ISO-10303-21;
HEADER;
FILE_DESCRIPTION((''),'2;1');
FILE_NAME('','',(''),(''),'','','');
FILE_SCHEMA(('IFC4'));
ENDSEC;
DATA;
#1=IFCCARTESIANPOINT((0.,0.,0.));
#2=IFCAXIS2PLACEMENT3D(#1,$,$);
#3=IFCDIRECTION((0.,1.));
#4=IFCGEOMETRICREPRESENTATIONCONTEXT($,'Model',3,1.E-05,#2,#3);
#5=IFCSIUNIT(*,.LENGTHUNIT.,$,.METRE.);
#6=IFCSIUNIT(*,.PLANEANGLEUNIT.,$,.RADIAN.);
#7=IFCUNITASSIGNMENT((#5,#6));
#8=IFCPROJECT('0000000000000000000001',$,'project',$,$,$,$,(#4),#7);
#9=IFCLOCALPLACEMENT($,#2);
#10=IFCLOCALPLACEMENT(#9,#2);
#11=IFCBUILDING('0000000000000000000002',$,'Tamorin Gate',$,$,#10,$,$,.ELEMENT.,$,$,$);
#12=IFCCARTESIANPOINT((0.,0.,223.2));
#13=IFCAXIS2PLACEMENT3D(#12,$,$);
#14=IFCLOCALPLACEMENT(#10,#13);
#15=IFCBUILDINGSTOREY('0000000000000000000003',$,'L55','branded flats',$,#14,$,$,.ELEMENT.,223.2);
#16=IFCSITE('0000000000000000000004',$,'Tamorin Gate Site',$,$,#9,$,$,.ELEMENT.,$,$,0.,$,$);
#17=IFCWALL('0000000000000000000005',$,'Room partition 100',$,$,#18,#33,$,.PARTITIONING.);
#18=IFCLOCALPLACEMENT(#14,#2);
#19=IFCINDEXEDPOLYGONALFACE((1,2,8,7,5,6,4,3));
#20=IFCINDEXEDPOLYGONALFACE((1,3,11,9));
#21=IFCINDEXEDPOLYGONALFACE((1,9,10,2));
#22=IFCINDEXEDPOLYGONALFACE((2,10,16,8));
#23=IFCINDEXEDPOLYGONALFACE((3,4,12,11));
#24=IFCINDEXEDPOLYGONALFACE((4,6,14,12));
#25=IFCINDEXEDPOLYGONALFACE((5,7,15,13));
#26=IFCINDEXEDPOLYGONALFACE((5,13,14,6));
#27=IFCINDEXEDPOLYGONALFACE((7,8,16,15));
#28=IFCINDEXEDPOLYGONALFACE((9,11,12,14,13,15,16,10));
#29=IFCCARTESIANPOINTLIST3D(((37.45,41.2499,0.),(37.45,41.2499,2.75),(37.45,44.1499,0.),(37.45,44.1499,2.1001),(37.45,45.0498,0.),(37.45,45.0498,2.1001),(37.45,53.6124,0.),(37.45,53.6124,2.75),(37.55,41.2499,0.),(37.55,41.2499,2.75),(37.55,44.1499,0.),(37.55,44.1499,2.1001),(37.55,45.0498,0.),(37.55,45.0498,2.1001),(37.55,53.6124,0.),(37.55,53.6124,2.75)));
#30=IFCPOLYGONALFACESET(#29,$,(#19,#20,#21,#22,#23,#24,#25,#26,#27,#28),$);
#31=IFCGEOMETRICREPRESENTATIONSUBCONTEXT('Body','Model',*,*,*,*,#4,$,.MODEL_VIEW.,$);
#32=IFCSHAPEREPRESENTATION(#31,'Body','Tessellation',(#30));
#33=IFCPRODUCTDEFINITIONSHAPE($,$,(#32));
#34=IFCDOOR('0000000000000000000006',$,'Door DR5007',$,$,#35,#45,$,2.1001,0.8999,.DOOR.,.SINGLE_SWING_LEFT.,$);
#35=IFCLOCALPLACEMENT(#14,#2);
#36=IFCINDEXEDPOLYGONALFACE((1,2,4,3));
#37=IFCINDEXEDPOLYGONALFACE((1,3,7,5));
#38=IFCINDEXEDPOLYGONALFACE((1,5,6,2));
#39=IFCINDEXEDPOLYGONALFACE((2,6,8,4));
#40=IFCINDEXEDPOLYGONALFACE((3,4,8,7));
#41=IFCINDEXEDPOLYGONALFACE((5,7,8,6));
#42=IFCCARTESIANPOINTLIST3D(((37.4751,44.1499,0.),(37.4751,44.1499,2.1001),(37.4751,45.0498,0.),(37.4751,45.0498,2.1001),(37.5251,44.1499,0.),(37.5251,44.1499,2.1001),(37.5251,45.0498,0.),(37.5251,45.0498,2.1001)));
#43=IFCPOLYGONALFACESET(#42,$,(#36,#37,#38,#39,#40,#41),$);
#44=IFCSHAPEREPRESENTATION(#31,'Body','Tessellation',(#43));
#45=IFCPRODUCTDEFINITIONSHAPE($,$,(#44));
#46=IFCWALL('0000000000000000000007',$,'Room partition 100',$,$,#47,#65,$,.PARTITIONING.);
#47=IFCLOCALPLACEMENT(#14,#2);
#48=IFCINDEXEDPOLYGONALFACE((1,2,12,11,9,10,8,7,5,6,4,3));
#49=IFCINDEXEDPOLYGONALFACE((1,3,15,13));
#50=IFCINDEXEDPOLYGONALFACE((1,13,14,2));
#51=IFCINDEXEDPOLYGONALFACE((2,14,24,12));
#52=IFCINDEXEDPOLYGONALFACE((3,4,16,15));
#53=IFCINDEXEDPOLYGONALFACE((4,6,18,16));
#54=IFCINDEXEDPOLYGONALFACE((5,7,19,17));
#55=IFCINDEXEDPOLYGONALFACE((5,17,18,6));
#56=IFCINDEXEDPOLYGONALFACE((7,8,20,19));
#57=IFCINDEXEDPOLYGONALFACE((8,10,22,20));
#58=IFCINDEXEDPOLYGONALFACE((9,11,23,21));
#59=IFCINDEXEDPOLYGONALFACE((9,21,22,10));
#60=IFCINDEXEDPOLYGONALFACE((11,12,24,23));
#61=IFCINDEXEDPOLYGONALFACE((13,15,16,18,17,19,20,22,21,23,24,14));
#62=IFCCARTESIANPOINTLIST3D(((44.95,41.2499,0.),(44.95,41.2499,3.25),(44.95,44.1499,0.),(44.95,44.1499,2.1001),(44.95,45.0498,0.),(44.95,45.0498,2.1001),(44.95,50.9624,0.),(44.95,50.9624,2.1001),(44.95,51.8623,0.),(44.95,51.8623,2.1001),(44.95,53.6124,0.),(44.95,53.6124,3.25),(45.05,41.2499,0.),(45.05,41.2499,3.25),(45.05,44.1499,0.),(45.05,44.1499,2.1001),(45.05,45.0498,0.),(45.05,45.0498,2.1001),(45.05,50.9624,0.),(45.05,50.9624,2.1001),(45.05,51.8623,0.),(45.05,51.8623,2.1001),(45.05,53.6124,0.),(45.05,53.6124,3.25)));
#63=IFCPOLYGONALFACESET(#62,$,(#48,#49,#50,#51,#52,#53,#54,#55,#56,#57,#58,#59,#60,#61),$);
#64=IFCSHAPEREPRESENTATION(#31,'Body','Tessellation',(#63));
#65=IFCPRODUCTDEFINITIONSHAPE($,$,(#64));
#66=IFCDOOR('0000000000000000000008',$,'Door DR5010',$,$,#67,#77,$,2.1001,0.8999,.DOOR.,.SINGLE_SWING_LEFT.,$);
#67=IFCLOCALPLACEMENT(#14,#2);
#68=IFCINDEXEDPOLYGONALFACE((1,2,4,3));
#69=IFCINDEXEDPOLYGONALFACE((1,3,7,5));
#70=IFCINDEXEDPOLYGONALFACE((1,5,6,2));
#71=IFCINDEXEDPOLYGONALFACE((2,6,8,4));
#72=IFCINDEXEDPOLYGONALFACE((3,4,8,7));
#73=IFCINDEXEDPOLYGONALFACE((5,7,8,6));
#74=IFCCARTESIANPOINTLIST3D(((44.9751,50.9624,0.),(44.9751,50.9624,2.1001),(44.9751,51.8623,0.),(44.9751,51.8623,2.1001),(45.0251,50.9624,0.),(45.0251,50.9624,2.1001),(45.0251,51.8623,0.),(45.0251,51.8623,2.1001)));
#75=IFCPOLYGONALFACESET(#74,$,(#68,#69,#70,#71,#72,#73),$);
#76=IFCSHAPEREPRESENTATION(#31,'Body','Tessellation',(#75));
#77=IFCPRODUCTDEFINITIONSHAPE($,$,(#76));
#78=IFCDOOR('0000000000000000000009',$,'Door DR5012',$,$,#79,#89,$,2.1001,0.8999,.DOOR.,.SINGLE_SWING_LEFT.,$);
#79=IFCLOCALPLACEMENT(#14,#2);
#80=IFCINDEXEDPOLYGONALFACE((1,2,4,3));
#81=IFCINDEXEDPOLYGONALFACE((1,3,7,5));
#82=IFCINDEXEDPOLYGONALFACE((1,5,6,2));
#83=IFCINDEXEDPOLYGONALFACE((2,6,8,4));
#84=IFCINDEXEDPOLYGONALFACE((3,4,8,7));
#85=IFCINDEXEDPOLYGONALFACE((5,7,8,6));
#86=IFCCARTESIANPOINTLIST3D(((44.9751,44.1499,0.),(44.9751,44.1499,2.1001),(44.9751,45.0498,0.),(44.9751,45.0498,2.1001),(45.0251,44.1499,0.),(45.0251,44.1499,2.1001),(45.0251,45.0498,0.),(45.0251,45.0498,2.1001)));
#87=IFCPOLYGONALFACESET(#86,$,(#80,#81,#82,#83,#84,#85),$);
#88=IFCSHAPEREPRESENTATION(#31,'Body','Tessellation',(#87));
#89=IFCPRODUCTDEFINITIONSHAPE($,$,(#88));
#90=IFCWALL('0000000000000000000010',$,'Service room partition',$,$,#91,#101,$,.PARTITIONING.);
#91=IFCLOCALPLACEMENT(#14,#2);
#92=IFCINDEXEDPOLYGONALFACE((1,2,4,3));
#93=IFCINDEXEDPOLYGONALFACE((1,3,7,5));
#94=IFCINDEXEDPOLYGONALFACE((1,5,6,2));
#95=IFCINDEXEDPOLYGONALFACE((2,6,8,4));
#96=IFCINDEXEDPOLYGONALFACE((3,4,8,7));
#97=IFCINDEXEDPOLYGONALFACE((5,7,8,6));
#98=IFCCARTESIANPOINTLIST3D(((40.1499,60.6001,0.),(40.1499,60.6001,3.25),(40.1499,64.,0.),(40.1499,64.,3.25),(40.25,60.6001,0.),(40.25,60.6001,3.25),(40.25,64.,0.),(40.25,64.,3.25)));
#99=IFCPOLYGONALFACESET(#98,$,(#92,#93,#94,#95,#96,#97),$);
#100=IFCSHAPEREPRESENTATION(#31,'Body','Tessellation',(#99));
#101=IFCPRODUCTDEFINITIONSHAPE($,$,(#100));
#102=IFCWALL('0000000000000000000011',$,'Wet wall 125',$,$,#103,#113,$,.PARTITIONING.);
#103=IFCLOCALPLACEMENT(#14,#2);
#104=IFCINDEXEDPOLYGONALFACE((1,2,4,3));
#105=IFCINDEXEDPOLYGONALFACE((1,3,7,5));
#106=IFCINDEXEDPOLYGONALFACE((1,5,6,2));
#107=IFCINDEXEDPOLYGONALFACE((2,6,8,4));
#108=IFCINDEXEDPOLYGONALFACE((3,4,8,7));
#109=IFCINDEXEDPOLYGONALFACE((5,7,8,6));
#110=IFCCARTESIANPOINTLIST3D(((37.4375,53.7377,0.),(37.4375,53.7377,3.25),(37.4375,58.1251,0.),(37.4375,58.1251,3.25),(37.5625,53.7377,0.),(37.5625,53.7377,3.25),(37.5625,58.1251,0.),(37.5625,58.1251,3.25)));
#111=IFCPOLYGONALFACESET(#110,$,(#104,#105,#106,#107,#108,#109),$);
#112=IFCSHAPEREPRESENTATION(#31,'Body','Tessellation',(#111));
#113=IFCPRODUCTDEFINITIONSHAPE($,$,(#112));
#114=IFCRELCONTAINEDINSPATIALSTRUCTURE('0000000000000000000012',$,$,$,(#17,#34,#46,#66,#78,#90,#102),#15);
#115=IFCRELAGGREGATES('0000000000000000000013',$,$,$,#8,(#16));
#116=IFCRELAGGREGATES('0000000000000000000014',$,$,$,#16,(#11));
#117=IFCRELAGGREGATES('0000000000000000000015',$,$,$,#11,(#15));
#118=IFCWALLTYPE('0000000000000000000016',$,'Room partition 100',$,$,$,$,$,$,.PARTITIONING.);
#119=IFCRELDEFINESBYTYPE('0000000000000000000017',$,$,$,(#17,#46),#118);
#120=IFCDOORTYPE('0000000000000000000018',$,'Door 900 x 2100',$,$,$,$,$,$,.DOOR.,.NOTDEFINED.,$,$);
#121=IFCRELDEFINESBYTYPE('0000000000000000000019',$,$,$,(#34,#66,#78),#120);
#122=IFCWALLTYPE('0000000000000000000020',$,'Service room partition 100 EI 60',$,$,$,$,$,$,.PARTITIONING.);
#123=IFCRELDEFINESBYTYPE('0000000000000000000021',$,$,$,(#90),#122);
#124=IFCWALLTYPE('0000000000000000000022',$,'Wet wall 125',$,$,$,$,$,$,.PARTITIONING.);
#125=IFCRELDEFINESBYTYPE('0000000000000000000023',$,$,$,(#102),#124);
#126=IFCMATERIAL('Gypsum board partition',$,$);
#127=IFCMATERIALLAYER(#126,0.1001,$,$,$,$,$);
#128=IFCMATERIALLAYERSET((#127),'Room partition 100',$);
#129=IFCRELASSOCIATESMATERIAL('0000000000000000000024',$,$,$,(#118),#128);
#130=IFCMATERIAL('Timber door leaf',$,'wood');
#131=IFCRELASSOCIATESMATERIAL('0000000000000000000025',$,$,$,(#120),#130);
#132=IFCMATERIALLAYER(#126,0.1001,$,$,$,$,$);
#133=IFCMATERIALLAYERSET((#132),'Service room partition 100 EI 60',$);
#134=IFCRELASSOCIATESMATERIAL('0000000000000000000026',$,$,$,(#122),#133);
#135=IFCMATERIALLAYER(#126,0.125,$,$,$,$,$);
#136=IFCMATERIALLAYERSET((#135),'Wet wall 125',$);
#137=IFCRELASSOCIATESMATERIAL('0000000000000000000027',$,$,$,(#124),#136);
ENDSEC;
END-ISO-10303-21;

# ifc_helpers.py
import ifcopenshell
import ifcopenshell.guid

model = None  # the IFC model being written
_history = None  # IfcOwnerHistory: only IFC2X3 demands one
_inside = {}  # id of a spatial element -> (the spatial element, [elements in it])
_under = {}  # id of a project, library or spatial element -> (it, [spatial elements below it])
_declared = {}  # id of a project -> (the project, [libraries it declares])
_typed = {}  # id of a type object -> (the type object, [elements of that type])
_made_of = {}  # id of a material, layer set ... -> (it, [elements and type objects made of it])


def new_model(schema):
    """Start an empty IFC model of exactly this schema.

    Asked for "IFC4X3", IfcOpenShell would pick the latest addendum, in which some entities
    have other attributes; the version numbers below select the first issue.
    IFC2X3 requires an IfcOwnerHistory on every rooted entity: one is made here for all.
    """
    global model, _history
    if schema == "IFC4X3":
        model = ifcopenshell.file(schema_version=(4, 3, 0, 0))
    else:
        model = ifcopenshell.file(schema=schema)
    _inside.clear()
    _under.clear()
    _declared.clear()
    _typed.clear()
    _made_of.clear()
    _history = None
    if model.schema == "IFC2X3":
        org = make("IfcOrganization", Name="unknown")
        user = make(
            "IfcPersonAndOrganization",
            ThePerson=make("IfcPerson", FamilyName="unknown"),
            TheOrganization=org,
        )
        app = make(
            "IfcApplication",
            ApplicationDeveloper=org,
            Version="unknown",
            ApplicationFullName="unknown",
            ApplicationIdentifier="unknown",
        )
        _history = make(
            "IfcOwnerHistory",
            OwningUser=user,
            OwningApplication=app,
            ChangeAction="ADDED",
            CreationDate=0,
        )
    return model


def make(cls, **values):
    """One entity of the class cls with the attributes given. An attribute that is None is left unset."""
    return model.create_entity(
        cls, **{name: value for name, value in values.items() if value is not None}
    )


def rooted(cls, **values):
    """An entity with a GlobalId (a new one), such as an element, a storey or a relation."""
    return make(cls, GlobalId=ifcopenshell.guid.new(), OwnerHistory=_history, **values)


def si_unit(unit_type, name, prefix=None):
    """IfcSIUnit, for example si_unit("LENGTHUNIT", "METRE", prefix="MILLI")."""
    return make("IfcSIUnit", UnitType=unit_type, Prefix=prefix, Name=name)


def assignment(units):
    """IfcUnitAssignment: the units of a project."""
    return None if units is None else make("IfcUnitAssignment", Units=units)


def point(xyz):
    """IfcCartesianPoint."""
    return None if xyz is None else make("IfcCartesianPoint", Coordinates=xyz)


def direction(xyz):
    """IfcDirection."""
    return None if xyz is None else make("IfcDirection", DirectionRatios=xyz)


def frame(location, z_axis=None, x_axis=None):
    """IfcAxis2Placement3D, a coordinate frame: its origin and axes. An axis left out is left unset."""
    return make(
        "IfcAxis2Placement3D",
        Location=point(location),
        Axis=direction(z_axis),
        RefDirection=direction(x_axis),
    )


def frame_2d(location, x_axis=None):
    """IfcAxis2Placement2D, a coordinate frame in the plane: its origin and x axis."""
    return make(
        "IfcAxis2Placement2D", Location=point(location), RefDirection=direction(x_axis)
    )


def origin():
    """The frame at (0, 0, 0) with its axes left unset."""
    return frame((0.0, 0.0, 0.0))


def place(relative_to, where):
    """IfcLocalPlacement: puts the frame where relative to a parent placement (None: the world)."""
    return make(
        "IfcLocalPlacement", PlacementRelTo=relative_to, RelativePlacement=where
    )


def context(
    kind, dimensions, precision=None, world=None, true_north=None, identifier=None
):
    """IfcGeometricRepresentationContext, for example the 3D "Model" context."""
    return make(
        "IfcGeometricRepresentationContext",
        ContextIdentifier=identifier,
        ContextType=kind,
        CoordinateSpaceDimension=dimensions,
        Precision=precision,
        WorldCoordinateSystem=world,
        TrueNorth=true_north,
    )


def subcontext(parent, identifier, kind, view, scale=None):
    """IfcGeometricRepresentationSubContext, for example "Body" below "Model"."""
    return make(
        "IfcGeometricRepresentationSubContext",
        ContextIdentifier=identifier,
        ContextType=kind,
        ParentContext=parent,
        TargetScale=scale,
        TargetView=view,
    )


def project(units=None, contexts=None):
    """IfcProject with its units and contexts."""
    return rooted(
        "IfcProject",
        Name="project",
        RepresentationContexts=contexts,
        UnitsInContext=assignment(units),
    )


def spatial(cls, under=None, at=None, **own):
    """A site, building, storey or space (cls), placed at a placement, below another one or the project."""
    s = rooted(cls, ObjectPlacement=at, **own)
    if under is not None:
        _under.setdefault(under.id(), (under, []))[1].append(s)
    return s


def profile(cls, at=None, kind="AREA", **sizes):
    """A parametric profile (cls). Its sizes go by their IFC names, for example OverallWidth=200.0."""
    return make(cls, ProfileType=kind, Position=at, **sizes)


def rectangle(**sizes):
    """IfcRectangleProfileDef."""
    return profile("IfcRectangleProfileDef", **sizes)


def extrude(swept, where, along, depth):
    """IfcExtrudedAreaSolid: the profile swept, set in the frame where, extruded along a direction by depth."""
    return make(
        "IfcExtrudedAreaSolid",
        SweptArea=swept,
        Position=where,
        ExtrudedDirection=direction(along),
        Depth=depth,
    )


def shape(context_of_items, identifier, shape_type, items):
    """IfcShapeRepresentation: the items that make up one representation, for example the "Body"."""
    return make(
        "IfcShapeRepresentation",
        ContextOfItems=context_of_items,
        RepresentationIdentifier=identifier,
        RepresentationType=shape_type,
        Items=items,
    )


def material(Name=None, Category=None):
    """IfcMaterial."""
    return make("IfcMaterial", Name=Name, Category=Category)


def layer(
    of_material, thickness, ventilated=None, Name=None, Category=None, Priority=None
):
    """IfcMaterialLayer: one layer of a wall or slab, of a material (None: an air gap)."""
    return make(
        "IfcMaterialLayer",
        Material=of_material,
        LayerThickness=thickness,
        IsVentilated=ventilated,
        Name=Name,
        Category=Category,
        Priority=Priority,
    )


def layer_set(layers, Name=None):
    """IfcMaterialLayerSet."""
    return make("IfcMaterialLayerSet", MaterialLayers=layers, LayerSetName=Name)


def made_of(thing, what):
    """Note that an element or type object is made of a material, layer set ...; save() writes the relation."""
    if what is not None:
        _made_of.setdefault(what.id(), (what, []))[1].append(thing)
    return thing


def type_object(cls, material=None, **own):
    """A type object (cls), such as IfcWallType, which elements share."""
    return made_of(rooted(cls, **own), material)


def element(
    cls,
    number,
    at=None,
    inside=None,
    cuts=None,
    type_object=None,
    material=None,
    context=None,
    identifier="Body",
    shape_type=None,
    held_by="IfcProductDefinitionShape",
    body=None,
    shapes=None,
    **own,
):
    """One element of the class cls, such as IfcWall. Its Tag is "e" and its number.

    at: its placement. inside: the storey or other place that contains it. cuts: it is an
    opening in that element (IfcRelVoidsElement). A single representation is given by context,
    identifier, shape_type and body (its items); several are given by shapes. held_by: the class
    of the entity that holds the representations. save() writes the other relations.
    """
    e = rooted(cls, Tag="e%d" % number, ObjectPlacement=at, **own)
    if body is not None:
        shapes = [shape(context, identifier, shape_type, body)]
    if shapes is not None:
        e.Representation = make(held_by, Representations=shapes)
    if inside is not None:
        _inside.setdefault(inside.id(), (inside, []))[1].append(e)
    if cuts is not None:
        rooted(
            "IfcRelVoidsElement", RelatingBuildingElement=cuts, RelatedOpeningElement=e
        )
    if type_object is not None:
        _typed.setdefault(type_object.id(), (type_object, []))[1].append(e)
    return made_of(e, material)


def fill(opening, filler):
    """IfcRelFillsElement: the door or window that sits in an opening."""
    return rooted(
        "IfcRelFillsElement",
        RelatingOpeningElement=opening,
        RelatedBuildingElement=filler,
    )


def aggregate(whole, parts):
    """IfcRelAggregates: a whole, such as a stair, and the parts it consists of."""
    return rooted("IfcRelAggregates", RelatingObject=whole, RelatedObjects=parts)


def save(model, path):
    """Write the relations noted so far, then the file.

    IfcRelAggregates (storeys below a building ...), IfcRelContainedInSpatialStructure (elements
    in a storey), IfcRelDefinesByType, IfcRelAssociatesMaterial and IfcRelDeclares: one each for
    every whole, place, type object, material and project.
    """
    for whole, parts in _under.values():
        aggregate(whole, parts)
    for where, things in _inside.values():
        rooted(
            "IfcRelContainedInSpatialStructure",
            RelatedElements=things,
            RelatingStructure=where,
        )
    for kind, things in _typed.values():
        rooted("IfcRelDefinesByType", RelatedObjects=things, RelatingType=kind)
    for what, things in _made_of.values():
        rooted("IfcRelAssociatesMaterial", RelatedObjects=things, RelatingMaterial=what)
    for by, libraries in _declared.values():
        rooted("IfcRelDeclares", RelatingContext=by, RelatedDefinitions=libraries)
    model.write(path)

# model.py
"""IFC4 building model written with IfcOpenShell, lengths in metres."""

from ifc_helpers import new_model, si_unit, direction, frame, frame_2d, origin, place, context, subcontext, project, spatial, rectangle, extrude, material, layer, layer_set, type_object, element, fill, save


model = new_model("IFC4")

# Units and contexts
model_context = context("Model", 3, precision=1e-05, world=origin(), true_north=direction((0.0, 1.0)))
body_context = subcontext(model_context, "Body", "Model", "MODEL_VIEW")
ifc_project = project(units=[si_unit("LENGTHUNIT", "METRE"), si_unit("PLANEANGLEUNIT", "RADIAN")], contexts=[model_context])

# Site, building, storey
site_placement = place(None, origin())
site = spatial("IfcSite", under=ifc_project, at=site_placement, Name="Tamorin Gate Site", CompositionType="ELEMENT", RefElevation=0.0)
building_placement = place(site_placement, origin())
building = spatial("IfcBuilding", under=site, at=building_placement, Name="Tamorin Gate", CompositionType="ELEMENT")
storey_placement = place(building_placement, frame((0.0, 0.0, 223.2)))
storey = spatial("IfcBuildingStorey", under=building, at=storey_placement, Name="L55", Description="branded flats", CompositionType="ELEMENT", Elevation=223.2)

# Shared definitions
ifc_material_1 = material(Name="Gypsum board partition")

# Wall, opening, door
ifc_layer_1 = layer(ifc_material_1, 0.1001)
ifc_layer_set_1 = layer_set([ifc_layer_1], Name="Room partition 100")
wall_type_1 = type_object("IfcWallType", Name="Room partition 100", PredefinedType="PARTITIONING", material=ifc_layer_set_1)
wall_1_placement = place(storey_placement, frame((37.5, 41.25, 0.0), z_axis=(0.0, 0.0, 1.0), x_axis=(0.0, 1.0, 0.0)))
wall_1 = element("IfcWall", 1, at=wall_1_placement, inside=storey, type_object=wall_type_1, Name="Room partition 100", PredefinedType="PARTITIONING", context=body_context, shape_type="SweptSolid", body=[
    extrude(rectangle(XDim=12.3625, YDim=0.1001, at=frame_2d((6.1812, 0.0))), origin(), (0.0, 0.0, 1.0), 2.75),
])
opening_1_placement = place(wall_1_placement, frame((2.8999, 0.0, 0.0)))
opening_1 = element("IfcOpeningElement", 2, at=opening_1_placement, cuts=wall_1, PredefinedType="OPENING", context=body_context, shape_type="SweptSolid", body=[
    extrude(rectangle(XDim=0.8999, YDim=2.1001, at=frame_2d((0.45, 1.05))), frame((0.0, 0.0601, 0.0), z_axis=(0.0, -1.0, 0.0), x_axis=(1.0, 0.0, 0.0)), (0.0, 0.0, 1.0), 0.1201),
])
ifc_material_2 = material(Name="Timber door leaf", Category="wood")
door_type = type_object("IfcDoorType", Name="Door 900 x 2100", OperationType="NOTDEFINED", PredefinedType="DOOR", material=ifc_material_2)
door_1_placement = place(opening_1_placement, origin())
door_1 = element("IfcDoor", 3, at=door_1_placement, inside=storey, type_object=door_type, Name="Door DR5007", OperationType="SINGLE_SWING_LEFT", OverallHeight=2.1001, OverallWidth=0.8999, PredefinedType="DOOR", context=body_context, shape_type="SweptSolid", body=[
    extrude(rectangle(XDim=0.8999, YDim=2.1001, at=frame_2d((0.45, 1.05))), frame((0.0, 0.0249, 0.0), z_axis=(0.0, -1.0, 0.0), x_axis=(1.0, 0.0, 0.0)), (0.0, 0.0, 1.0), 0.05),
])
fill(opening_1, door_1)

# Wall, openings, doors
wall_2_placement = place(storey_placement, frame((45.0, 41.25, 0.0), z_axis=(0.0, 0.0, 1.0), x_axis=(0.0, 1.0, 0.0)))
wall_2 = element("IfcWall", 4, at=wall_2_placement, inside=storey, type_object=wall_type_1, Name="Room partition 100", PredefinedType="PARTITIONING", context=body_context, shape_type="SweptSolid", body=[
    extrude(rectangle(XDim=12.3625, YDim=0.1001, at=frame_2d((6.1812, 0.0))), origin(), (0.0, 0.0, 1.0), 3.25),
])
opening_2_placement = place(wall_2_placement, frame((9.7124, 0.0, 0.0)))
opening_2 = element("IfcOpeningElement", 5, at=opening_2_placement, cuts=wall_2, PredefinedType="OPENING", context=body_context, shape_type="SweptSolid", body=[
    extrude(rectangle(XDim=0.8999, YDim=2.1001, at=frame_2d((0.45, 1.05))), frame((0.0, 0.0601, 0.0), z_axis=(0.0, -1.0, 0.0), x_axis=(1.0, 0.0, 0.0)), (0.0, 0.0, 1.0), 0.1201),
])
opening_3_placement = place(wall_2_placement, frame((2.8999, 0.0, 0.0)))
opening_3 = element("IfcOpeningElement", 6, at=opening_3_placement, cuts=wall_2, PredefinedType="OPENING", context=body_context, shape_type="SweptSolid", body=[
    extrude(rectangle(XDim=0.8999, YDim=2.1001, at=frame_2d((0.45, 1.05))), frame((0.0, 0.0601, 0.0), z_axis=(0.0, -1.0, 0.0), x_axis=(1.0, 0.0, 0.0)), (0.0, 0.0, 1.0), 0.1201),
])
door_2_placement = place(opening_2_placement, origin())
door_2 = element("IfcDoor", 7, at=door_2_placement, inside=storey, type_object=door_type, Name="Door DR5010", OperationType="SINGLE_SWING_LEFT", OverallHeight=2.1001, OverallWidth=0.8999, PredefinedType="DOOR", context=body_context, shape_type="SweptSolid", body=[
    extrude(rectangle(XDim=0.8999, YDim=2.1001, at=frame_2d((0.45, 1.05))), frame((0.0, 0.0249, 0.0), z_axis=(0.0, -1.0, 0.0), x_axis=(1.0, 0.0, 0.0)), (0.0, 0.0, 1.0), 0.05),
])
fill(opening_2, door_2)
door_3_placement = place(opening_3_placement, origin())
door_3 = element("IfcDoor", 8, at=door_3_placement, inside=storey, type_object=door_type, Name="Door DR5012", OperationType="SINGLE_SWING_LEFT", OverallHeight=2.1001, OverallWidth=0.8999, PredefinedType="DOOR", context=body_context, shape_type="SweptSolid", body=[
    extrude(rectangle(XDim=0.8999, YDim=2.1001, at=frame_2d((0.45, 1.05))), frame((0.0, 0.0249, 0.0), z_axis=(0.0, -1.0, 0.0), x_axis=(1.0, 0.0, 0.0)), (0.0, 0.0, 1.0), 0.05),
])
fill(opening_3, door_3)

# Walls
ifc_layer_2 = layer(ifc_material_1, 0.1001)
ifc_layer_set_2 = layer_set([ifc_layer_2], Name="Service room partition 100 EI 60")
wall_type_2 = type_object("IfcWallType", Name="Service room partition 100 EI 60", PredefinedType="PARTITIONING", material=ifc_layer_set_2)
wall_3_placement = place(storey_placement, frame((40.2, 60.6001, 0.0), z_axis=(0.0, 0.0, 1.0), x_axis=(0.0, 1.0, 0.0)))
element("IfcWall", 9, at=wall_3_placement, inside=storey, type_object=wall_type_2, Name="Service room partition", PredefinedType="PARTITIONING", context=body_context, shape_type="SweptSolid", body=[
    extrude(rectangle(XDim=3.3999, YDim=0.1001, at=frame_2d((1.7, 0.0))), origin(), (0.0, 0.0, 1.0), 3.25),
])
ifc_layer_3 = layer(ifc_material_1, 0.125)
ifc_layer_set_3 = layer_set([ifc_layer_3], Name="Wet wall 125")
wall_type_3 = type_object("IfcWallType", Name="Wet wall 125", PredefinedType="PARTITIONING", material=ifc_layer_set_3)
wall_4_placement = place(storey_placement, frame((37.5, 53.7375, 0.0), z_axis=(0.0, 0.0, 1.0), x_axis=(0.0, 1.0, 0.0)))
element("IfcWall", 10, at=wall_4_placement, inside=storey, type_object=wall_type_3, Name="Wet wall 125", PredefinedType="PARTITIONING", context=body_context, shape_type="SweptSolid", body=[
    extrude(rectangle(XDim=4.3875, YDim=0.125, at=frame_2d((2.1938, 0.0))), origin(), (0.0, 0.0, 1.0), 3.25),
])

save(model, "model.ifc")
